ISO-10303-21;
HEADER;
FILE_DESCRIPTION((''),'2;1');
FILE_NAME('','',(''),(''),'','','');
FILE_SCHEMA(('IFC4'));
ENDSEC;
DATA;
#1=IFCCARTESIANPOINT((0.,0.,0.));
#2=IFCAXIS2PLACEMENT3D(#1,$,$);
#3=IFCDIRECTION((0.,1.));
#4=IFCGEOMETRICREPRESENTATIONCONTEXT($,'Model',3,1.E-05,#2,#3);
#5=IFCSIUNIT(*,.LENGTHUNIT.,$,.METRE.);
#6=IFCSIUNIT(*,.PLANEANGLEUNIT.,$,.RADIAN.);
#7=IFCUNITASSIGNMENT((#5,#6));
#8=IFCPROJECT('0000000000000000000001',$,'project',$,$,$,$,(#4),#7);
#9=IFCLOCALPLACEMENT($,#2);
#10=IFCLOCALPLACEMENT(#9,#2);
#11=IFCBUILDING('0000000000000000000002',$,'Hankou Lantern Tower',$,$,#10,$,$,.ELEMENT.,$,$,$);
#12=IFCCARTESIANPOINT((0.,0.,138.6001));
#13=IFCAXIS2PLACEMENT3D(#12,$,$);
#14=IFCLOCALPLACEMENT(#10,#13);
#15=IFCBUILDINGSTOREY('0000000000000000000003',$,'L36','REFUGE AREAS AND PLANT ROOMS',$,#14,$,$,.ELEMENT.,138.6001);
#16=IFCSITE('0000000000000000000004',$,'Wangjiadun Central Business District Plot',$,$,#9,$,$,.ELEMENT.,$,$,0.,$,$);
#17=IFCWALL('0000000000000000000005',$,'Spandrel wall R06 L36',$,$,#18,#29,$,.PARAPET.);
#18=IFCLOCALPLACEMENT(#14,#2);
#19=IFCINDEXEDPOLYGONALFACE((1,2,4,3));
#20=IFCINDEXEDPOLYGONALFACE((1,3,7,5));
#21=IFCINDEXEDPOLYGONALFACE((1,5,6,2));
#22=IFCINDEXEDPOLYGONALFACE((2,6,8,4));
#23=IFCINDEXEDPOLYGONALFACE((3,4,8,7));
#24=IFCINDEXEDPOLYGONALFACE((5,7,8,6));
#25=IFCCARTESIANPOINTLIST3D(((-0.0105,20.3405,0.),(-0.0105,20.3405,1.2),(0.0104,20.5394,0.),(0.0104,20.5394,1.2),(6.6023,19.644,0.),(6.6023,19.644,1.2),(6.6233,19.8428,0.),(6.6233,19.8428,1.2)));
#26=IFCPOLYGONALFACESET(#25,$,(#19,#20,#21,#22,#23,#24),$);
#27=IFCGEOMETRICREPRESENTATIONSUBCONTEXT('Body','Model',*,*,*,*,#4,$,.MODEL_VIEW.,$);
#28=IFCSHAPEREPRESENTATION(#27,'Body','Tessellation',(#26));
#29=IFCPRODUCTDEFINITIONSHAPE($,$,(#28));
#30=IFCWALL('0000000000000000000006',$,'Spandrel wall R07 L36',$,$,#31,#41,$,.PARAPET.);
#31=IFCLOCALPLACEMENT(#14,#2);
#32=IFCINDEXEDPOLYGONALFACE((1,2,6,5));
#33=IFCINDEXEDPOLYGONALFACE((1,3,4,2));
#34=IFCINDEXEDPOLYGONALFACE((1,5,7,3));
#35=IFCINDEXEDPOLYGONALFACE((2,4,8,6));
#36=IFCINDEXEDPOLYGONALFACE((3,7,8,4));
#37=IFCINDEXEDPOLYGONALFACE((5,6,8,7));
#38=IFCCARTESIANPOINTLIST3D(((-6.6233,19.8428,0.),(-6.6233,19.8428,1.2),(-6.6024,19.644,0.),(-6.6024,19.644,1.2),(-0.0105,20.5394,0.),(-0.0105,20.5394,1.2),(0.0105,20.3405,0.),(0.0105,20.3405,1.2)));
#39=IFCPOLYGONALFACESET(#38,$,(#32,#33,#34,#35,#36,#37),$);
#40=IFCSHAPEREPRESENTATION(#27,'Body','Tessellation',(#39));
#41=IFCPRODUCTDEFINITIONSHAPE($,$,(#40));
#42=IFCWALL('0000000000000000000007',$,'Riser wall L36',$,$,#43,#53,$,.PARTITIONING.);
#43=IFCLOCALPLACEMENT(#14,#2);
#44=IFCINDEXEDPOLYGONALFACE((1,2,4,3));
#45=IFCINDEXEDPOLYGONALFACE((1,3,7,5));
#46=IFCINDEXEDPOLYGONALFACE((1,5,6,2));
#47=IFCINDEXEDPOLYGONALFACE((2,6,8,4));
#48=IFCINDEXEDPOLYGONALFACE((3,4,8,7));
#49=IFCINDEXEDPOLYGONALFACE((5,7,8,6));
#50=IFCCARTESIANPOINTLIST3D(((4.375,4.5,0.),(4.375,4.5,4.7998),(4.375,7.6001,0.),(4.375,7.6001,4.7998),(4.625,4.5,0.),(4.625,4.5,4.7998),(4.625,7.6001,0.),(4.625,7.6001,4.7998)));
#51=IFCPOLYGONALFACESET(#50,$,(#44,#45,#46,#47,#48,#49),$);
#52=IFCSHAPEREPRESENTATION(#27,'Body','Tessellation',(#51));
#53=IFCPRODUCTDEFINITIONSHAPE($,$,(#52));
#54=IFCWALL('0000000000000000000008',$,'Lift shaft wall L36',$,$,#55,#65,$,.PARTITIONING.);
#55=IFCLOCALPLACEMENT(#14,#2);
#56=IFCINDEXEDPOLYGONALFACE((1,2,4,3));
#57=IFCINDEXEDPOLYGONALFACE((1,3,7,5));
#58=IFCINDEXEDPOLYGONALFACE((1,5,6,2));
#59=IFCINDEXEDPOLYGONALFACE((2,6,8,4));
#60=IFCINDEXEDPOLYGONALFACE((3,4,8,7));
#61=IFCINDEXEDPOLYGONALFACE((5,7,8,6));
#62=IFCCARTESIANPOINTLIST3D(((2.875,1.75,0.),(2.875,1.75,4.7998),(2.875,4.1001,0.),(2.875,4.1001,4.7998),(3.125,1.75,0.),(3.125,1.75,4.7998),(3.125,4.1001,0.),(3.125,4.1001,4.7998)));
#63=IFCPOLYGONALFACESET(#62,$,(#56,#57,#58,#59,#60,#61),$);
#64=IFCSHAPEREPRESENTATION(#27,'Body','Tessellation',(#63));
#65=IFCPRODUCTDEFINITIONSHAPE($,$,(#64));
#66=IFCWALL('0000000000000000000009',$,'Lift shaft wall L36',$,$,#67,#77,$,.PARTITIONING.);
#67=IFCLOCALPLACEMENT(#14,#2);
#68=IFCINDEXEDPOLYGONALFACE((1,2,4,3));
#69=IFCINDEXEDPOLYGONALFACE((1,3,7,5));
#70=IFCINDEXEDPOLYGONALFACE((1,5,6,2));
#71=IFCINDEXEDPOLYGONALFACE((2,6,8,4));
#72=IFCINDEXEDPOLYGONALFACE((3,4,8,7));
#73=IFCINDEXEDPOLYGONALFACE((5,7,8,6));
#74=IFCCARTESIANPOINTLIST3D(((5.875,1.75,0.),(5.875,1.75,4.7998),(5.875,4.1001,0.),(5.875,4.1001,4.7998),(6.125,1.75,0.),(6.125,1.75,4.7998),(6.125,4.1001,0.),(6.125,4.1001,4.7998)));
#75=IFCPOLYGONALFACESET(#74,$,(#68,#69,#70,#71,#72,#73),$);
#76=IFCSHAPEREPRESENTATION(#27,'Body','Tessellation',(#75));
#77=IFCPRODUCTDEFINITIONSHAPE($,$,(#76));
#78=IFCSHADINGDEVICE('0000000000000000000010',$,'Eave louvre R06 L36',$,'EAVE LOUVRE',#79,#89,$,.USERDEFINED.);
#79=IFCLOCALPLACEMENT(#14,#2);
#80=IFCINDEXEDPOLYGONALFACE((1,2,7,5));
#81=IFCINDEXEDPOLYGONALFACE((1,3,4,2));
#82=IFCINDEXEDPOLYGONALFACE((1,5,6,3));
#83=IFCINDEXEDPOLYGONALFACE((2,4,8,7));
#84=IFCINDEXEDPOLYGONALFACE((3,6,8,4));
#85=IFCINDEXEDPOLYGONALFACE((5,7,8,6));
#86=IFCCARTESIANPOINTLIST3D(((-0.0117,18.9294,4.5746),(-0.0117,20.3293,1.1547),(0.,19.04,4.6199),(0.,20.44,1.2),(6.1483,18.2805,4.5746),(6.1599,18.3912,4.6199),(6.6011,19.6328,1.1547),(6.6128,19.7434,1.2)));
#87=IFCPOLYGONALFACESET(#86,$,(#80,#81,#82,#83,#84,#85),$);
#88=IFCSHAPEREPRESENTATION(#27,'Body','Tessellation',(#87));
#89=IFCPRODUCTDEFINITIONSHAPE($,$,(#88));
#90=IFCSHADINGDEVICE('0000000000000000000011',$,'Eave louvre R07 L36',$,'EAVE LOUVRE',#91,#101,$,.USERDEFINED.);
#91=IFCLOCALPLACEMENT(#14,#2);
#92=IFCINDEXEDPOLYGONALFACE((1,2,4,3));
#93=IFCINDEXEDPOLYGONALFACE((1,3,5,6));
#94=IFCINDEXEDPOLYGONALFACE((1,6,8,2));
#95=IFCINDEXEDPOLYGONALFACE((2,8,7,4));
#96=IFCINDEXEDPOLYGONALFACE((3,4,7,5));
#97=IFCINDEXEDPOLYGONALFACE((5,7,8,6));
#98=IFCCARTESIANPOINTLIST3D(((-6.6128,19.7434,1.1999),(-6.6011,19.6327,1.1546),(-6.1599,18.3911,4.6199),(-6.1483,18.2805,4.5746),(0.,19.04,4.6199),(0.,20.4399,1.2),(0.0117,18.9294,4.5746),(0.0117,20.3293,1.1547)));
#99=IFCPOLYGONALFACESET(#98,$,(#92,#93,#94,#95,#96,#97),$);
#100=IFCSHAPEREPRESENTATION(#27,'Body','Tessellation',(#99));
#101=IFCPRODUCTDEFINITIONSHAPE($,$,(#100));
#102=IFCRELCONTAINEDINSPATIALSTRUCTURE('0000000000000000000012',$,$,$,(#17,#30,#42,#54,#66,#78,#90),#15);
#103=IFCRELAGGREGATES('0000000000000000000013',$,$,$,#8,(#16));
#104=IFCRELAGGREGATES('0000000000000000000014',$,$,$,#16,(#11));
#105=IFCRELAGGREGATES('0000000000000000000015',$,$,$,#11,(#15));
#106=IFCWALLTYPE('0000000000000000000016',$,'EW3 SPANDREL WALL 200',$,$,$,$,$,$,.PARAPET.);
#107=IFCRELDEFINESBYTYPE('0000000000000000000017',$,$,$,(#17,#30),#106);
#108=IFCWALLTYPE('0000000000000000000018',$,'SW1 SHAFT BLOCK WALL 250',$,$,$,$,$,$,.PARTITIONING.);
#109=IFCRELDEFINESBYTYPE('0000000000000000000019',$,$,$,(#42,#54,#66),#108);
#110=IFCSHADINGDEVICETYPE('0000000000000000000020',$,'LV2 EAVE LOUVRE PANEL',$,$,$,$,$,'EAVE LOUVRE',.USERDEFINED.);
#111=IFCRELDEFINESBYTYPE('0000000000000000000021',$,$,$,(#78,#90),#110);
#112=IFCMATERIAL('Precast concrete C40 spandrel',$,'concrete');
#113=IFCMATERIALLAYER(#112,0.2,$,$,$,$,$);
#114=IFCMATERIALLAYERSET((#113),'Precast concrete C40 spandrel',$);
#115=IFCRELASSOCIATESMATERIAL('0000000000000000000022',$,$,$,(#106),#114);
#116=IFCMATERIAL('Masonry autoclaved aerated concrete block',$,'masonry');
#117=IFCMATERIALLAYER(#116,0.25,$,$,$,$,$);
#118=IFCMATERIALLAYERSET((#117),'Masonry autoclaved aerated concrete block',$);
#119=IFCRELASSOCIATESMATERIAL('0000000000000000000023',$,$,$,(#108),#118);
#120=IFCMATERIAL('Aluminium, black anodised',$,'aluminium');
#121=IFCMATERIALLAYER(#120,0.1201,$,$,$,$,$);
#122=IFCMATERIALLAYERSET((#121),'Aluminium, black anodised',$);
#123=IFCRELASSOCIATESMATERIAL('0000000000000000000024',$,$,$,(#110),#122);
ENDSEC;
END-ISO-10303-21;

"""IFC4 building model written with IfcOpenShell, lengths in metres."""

from ifc_helpers import new_model, si_unit, direction, frame, frame_2d, origin, place, context, subcontext, project, spatial, polyline, rectangle, outline, extrude, material, layer, layer_set, type_object, element, save


model = new_model("IFC4")

# Units and contexts
model_context = context("Model", 3, precision=1e-05, world=origin(), true_north=direction((0.0, 1.0)))
body_context = subcontext(model_context, "Body", "Model", "MODEL_VIEW")
ifc_project = project(units=[si_unit("LENGTHUNIT", "METRE"), si_unit("PLANEANGLEUNIT", "RADIAN")], contexts=[model_context])

# Site, building, storey
site_placement = place(None, origin())
site = spatial("IfcSite", under=ifc_project, at=site_placement, Name="Wangjiadun Central Business District Plot", CompositionType="ELEMENT", RefElevation=0.0)
building_placement = place(site_placement, origin())
building = spatial("IfcBuilding", under=site, at=building_placement, Name="Hankou Lantern Tower", CompositionType="ELEMENT")
storey_placement = place(building_placement, frame((0.0, 0.0, 138.6001)))
storey = spatial("IfcBuildingStorey", under=building, at=storey_placement, Name="L36", Description="REFUGE AREAS AND PLANT ROOMS", CompositionType="ELEMENT", Elevation=138.6001)

# Walls
ifc_material_1 = material(Name="Precast concrete C40 spandrel", Category="concrete")
ifc_layer_1 = layer(ifc_material_1, 0.2)
ifc_layer_set_1 = layer_set([ifc_layer_1], Name="Precast concrete C40 spandrel")
wall_type_1 = type_object("IfcWallType", Name="EW3 SPANDREL WALL 200", PredefinedType="PARAPET", material=ifc_layer_set_1)
for number, where, z_axis, x_axis, name in (
    (1, (6.6128, 19.7434, 0.0), (0.0, 0.0, 1.0), (-0.994498, 0.104752, 0.0), "Spandrel wall R06 L36"),
    (2, (0.0, 20.4399, 0.0), (0.0, 0.0, 1.0), (-0.994498, -0.104752, 0.0), "Spandrel wall R07 L36"),
):
    element("IfcWall", number, at=place(storey_placement, frame(where, z_axis=z_axis, x_axis=x_axis)), inside=storey, type_object=wall_type_1, Name=name, PredefinedType="PARAPET", context=body_context, shape_type="SweptSolid", body=[
        extrude(rectangle(XDim=6.6494, YDim=0.2, at=frame_2d((3.3247, 0.0))), origin(), (0.0, 0.0, 1.0), 1.2),
    ])
ifc_material_2 = material(Name="Masonry autoclaved aerated concrete block", Category="masonry")
ifc_layer_2 = layer(ifc_material_2, 0.25)
ifc_layer_set_2 = layer_set([ifc_layer_2], Name="Masonry autoclaved aerated concrete block")
wall_type_2 = type_object("IfcWallType", Name="SW1 SHAFT BLOCK WALL 250", PredefinedType="PARTITIONING", material=ifc_layer_set_2)
wall_1_placement = place(storey_placement, frame((4.5, 4.5, 0.0), z_axis=(0.0, 0.0, 1.0), x_axis=(0.0, 1.0, 0.0)))
element("IfcWall", 3, at=wall_1_placement, inside=storey, type_object=wall_type_2, Name="Riser wall L36", PredefinedType="PARTITIONING", context=body_context, shape_type="SweptSolid", body=[
    extrude(rectangle(XDim=3.1001, YDim=0.25, at=frame_2d((1.55, 0.0))), origin(), (0.0, 0.0, 1.0), 4.7998),
])
for number, where, z_axis, x_axis, name in (
    (4, (3.0, 1.75, 0.0), (0.0, 0.0, 1.0), (0.0, 1.0, 0.0), "Lift shaft wall L36"),
    (5, (6.0, 1.75, 0.0), (0.0, 0.0, 1.0), (0.0, 1.0, 0.0), "Lift shaft wall L36"),
):
    element("IfcWall", number, at=place(storey_placement, frame(where, z_axis=z_axis, x_axis=x_axis)), inside=storey, type_object=wall_type_2, Name=name, PredefinedType="PARTITIONING", context=body_context, shape_type="SweptSolid", body=[
        extrude(rectangle(XDim=2.3501, YDim=0.25, at=frame_2d((1.175, 0.0))), origin(), (0.0, 0.0, 1.0), 4.7998),
    ])

# Shading devices
ifc_material_3 = material(Name="Aluminium, black anodised", Category="aluminium")
ifc_layer_3 = layer(ifc_material_3, 0.1201)
ifc_layer_set_3 = layer_set([ifc_layer_3], Name="Aluminium, black anodised")
shading_device_type = type_object("IfcShadingDeviceType", Name="LV2 EAVE LOUVRE PANEL", ElementType="EAVE LOUVRE", PredefinedType="USERDEFINED", material=ifc_layer_set_3)
shading_device_1_placement = place(storey_placement, frame((6.6128, 19.7434, 1.2), z_axis=(0.097027, 0.921096, 0.377052), x_axis=(-0.994498, 0.104758, 0.000003)))
element("IfcShadingDevice", 6, at=shading_device_1_placement, inside=storey, type_object=shading_device_type, Name="Eave louvre R06 L36", ObjectType="EAVE LOUVRE", PredefinedType="USERDEFINED", context=body_context, shape_type="SweptSolid", body=[
    extrude(outline(polyline([(0.0, 0.0), (6.6494, 0.0), (6.5027, 3.6924), (0.3087, 3.6925), (0.0, 0.0)])), origin(), (0.0, 0.0, -1.0), 0.1201),
])
shading_device_2_placement = place(storey_placement, frame((0.0, 20.4399, 1.2), z_axis=(-0.097027, 0.921096, 0.377052), x_axis=(-0.994498, -0.104758, -0.000003)))
element("IfcShadingDevice", 7, at=shading_device_2_placement, inside=storey, type_object=shading_device_type, Name="Eave louvre R07 L36", ObjectType="EAVE LOUVRE", PredefinedType="USERDEFINED", context=body_context, shape_type="SweptSolid", body=[
    extrude(outline(polyline([(0.0, 0.0), (6.6494, 0.0), (6.3406, 3.6925), (0.1466, 3.6924), (0.0, 0.0)])), origin(), (0.0, 0.0, -1.0), 0.1201),
])

save(model, "model.ifc")
